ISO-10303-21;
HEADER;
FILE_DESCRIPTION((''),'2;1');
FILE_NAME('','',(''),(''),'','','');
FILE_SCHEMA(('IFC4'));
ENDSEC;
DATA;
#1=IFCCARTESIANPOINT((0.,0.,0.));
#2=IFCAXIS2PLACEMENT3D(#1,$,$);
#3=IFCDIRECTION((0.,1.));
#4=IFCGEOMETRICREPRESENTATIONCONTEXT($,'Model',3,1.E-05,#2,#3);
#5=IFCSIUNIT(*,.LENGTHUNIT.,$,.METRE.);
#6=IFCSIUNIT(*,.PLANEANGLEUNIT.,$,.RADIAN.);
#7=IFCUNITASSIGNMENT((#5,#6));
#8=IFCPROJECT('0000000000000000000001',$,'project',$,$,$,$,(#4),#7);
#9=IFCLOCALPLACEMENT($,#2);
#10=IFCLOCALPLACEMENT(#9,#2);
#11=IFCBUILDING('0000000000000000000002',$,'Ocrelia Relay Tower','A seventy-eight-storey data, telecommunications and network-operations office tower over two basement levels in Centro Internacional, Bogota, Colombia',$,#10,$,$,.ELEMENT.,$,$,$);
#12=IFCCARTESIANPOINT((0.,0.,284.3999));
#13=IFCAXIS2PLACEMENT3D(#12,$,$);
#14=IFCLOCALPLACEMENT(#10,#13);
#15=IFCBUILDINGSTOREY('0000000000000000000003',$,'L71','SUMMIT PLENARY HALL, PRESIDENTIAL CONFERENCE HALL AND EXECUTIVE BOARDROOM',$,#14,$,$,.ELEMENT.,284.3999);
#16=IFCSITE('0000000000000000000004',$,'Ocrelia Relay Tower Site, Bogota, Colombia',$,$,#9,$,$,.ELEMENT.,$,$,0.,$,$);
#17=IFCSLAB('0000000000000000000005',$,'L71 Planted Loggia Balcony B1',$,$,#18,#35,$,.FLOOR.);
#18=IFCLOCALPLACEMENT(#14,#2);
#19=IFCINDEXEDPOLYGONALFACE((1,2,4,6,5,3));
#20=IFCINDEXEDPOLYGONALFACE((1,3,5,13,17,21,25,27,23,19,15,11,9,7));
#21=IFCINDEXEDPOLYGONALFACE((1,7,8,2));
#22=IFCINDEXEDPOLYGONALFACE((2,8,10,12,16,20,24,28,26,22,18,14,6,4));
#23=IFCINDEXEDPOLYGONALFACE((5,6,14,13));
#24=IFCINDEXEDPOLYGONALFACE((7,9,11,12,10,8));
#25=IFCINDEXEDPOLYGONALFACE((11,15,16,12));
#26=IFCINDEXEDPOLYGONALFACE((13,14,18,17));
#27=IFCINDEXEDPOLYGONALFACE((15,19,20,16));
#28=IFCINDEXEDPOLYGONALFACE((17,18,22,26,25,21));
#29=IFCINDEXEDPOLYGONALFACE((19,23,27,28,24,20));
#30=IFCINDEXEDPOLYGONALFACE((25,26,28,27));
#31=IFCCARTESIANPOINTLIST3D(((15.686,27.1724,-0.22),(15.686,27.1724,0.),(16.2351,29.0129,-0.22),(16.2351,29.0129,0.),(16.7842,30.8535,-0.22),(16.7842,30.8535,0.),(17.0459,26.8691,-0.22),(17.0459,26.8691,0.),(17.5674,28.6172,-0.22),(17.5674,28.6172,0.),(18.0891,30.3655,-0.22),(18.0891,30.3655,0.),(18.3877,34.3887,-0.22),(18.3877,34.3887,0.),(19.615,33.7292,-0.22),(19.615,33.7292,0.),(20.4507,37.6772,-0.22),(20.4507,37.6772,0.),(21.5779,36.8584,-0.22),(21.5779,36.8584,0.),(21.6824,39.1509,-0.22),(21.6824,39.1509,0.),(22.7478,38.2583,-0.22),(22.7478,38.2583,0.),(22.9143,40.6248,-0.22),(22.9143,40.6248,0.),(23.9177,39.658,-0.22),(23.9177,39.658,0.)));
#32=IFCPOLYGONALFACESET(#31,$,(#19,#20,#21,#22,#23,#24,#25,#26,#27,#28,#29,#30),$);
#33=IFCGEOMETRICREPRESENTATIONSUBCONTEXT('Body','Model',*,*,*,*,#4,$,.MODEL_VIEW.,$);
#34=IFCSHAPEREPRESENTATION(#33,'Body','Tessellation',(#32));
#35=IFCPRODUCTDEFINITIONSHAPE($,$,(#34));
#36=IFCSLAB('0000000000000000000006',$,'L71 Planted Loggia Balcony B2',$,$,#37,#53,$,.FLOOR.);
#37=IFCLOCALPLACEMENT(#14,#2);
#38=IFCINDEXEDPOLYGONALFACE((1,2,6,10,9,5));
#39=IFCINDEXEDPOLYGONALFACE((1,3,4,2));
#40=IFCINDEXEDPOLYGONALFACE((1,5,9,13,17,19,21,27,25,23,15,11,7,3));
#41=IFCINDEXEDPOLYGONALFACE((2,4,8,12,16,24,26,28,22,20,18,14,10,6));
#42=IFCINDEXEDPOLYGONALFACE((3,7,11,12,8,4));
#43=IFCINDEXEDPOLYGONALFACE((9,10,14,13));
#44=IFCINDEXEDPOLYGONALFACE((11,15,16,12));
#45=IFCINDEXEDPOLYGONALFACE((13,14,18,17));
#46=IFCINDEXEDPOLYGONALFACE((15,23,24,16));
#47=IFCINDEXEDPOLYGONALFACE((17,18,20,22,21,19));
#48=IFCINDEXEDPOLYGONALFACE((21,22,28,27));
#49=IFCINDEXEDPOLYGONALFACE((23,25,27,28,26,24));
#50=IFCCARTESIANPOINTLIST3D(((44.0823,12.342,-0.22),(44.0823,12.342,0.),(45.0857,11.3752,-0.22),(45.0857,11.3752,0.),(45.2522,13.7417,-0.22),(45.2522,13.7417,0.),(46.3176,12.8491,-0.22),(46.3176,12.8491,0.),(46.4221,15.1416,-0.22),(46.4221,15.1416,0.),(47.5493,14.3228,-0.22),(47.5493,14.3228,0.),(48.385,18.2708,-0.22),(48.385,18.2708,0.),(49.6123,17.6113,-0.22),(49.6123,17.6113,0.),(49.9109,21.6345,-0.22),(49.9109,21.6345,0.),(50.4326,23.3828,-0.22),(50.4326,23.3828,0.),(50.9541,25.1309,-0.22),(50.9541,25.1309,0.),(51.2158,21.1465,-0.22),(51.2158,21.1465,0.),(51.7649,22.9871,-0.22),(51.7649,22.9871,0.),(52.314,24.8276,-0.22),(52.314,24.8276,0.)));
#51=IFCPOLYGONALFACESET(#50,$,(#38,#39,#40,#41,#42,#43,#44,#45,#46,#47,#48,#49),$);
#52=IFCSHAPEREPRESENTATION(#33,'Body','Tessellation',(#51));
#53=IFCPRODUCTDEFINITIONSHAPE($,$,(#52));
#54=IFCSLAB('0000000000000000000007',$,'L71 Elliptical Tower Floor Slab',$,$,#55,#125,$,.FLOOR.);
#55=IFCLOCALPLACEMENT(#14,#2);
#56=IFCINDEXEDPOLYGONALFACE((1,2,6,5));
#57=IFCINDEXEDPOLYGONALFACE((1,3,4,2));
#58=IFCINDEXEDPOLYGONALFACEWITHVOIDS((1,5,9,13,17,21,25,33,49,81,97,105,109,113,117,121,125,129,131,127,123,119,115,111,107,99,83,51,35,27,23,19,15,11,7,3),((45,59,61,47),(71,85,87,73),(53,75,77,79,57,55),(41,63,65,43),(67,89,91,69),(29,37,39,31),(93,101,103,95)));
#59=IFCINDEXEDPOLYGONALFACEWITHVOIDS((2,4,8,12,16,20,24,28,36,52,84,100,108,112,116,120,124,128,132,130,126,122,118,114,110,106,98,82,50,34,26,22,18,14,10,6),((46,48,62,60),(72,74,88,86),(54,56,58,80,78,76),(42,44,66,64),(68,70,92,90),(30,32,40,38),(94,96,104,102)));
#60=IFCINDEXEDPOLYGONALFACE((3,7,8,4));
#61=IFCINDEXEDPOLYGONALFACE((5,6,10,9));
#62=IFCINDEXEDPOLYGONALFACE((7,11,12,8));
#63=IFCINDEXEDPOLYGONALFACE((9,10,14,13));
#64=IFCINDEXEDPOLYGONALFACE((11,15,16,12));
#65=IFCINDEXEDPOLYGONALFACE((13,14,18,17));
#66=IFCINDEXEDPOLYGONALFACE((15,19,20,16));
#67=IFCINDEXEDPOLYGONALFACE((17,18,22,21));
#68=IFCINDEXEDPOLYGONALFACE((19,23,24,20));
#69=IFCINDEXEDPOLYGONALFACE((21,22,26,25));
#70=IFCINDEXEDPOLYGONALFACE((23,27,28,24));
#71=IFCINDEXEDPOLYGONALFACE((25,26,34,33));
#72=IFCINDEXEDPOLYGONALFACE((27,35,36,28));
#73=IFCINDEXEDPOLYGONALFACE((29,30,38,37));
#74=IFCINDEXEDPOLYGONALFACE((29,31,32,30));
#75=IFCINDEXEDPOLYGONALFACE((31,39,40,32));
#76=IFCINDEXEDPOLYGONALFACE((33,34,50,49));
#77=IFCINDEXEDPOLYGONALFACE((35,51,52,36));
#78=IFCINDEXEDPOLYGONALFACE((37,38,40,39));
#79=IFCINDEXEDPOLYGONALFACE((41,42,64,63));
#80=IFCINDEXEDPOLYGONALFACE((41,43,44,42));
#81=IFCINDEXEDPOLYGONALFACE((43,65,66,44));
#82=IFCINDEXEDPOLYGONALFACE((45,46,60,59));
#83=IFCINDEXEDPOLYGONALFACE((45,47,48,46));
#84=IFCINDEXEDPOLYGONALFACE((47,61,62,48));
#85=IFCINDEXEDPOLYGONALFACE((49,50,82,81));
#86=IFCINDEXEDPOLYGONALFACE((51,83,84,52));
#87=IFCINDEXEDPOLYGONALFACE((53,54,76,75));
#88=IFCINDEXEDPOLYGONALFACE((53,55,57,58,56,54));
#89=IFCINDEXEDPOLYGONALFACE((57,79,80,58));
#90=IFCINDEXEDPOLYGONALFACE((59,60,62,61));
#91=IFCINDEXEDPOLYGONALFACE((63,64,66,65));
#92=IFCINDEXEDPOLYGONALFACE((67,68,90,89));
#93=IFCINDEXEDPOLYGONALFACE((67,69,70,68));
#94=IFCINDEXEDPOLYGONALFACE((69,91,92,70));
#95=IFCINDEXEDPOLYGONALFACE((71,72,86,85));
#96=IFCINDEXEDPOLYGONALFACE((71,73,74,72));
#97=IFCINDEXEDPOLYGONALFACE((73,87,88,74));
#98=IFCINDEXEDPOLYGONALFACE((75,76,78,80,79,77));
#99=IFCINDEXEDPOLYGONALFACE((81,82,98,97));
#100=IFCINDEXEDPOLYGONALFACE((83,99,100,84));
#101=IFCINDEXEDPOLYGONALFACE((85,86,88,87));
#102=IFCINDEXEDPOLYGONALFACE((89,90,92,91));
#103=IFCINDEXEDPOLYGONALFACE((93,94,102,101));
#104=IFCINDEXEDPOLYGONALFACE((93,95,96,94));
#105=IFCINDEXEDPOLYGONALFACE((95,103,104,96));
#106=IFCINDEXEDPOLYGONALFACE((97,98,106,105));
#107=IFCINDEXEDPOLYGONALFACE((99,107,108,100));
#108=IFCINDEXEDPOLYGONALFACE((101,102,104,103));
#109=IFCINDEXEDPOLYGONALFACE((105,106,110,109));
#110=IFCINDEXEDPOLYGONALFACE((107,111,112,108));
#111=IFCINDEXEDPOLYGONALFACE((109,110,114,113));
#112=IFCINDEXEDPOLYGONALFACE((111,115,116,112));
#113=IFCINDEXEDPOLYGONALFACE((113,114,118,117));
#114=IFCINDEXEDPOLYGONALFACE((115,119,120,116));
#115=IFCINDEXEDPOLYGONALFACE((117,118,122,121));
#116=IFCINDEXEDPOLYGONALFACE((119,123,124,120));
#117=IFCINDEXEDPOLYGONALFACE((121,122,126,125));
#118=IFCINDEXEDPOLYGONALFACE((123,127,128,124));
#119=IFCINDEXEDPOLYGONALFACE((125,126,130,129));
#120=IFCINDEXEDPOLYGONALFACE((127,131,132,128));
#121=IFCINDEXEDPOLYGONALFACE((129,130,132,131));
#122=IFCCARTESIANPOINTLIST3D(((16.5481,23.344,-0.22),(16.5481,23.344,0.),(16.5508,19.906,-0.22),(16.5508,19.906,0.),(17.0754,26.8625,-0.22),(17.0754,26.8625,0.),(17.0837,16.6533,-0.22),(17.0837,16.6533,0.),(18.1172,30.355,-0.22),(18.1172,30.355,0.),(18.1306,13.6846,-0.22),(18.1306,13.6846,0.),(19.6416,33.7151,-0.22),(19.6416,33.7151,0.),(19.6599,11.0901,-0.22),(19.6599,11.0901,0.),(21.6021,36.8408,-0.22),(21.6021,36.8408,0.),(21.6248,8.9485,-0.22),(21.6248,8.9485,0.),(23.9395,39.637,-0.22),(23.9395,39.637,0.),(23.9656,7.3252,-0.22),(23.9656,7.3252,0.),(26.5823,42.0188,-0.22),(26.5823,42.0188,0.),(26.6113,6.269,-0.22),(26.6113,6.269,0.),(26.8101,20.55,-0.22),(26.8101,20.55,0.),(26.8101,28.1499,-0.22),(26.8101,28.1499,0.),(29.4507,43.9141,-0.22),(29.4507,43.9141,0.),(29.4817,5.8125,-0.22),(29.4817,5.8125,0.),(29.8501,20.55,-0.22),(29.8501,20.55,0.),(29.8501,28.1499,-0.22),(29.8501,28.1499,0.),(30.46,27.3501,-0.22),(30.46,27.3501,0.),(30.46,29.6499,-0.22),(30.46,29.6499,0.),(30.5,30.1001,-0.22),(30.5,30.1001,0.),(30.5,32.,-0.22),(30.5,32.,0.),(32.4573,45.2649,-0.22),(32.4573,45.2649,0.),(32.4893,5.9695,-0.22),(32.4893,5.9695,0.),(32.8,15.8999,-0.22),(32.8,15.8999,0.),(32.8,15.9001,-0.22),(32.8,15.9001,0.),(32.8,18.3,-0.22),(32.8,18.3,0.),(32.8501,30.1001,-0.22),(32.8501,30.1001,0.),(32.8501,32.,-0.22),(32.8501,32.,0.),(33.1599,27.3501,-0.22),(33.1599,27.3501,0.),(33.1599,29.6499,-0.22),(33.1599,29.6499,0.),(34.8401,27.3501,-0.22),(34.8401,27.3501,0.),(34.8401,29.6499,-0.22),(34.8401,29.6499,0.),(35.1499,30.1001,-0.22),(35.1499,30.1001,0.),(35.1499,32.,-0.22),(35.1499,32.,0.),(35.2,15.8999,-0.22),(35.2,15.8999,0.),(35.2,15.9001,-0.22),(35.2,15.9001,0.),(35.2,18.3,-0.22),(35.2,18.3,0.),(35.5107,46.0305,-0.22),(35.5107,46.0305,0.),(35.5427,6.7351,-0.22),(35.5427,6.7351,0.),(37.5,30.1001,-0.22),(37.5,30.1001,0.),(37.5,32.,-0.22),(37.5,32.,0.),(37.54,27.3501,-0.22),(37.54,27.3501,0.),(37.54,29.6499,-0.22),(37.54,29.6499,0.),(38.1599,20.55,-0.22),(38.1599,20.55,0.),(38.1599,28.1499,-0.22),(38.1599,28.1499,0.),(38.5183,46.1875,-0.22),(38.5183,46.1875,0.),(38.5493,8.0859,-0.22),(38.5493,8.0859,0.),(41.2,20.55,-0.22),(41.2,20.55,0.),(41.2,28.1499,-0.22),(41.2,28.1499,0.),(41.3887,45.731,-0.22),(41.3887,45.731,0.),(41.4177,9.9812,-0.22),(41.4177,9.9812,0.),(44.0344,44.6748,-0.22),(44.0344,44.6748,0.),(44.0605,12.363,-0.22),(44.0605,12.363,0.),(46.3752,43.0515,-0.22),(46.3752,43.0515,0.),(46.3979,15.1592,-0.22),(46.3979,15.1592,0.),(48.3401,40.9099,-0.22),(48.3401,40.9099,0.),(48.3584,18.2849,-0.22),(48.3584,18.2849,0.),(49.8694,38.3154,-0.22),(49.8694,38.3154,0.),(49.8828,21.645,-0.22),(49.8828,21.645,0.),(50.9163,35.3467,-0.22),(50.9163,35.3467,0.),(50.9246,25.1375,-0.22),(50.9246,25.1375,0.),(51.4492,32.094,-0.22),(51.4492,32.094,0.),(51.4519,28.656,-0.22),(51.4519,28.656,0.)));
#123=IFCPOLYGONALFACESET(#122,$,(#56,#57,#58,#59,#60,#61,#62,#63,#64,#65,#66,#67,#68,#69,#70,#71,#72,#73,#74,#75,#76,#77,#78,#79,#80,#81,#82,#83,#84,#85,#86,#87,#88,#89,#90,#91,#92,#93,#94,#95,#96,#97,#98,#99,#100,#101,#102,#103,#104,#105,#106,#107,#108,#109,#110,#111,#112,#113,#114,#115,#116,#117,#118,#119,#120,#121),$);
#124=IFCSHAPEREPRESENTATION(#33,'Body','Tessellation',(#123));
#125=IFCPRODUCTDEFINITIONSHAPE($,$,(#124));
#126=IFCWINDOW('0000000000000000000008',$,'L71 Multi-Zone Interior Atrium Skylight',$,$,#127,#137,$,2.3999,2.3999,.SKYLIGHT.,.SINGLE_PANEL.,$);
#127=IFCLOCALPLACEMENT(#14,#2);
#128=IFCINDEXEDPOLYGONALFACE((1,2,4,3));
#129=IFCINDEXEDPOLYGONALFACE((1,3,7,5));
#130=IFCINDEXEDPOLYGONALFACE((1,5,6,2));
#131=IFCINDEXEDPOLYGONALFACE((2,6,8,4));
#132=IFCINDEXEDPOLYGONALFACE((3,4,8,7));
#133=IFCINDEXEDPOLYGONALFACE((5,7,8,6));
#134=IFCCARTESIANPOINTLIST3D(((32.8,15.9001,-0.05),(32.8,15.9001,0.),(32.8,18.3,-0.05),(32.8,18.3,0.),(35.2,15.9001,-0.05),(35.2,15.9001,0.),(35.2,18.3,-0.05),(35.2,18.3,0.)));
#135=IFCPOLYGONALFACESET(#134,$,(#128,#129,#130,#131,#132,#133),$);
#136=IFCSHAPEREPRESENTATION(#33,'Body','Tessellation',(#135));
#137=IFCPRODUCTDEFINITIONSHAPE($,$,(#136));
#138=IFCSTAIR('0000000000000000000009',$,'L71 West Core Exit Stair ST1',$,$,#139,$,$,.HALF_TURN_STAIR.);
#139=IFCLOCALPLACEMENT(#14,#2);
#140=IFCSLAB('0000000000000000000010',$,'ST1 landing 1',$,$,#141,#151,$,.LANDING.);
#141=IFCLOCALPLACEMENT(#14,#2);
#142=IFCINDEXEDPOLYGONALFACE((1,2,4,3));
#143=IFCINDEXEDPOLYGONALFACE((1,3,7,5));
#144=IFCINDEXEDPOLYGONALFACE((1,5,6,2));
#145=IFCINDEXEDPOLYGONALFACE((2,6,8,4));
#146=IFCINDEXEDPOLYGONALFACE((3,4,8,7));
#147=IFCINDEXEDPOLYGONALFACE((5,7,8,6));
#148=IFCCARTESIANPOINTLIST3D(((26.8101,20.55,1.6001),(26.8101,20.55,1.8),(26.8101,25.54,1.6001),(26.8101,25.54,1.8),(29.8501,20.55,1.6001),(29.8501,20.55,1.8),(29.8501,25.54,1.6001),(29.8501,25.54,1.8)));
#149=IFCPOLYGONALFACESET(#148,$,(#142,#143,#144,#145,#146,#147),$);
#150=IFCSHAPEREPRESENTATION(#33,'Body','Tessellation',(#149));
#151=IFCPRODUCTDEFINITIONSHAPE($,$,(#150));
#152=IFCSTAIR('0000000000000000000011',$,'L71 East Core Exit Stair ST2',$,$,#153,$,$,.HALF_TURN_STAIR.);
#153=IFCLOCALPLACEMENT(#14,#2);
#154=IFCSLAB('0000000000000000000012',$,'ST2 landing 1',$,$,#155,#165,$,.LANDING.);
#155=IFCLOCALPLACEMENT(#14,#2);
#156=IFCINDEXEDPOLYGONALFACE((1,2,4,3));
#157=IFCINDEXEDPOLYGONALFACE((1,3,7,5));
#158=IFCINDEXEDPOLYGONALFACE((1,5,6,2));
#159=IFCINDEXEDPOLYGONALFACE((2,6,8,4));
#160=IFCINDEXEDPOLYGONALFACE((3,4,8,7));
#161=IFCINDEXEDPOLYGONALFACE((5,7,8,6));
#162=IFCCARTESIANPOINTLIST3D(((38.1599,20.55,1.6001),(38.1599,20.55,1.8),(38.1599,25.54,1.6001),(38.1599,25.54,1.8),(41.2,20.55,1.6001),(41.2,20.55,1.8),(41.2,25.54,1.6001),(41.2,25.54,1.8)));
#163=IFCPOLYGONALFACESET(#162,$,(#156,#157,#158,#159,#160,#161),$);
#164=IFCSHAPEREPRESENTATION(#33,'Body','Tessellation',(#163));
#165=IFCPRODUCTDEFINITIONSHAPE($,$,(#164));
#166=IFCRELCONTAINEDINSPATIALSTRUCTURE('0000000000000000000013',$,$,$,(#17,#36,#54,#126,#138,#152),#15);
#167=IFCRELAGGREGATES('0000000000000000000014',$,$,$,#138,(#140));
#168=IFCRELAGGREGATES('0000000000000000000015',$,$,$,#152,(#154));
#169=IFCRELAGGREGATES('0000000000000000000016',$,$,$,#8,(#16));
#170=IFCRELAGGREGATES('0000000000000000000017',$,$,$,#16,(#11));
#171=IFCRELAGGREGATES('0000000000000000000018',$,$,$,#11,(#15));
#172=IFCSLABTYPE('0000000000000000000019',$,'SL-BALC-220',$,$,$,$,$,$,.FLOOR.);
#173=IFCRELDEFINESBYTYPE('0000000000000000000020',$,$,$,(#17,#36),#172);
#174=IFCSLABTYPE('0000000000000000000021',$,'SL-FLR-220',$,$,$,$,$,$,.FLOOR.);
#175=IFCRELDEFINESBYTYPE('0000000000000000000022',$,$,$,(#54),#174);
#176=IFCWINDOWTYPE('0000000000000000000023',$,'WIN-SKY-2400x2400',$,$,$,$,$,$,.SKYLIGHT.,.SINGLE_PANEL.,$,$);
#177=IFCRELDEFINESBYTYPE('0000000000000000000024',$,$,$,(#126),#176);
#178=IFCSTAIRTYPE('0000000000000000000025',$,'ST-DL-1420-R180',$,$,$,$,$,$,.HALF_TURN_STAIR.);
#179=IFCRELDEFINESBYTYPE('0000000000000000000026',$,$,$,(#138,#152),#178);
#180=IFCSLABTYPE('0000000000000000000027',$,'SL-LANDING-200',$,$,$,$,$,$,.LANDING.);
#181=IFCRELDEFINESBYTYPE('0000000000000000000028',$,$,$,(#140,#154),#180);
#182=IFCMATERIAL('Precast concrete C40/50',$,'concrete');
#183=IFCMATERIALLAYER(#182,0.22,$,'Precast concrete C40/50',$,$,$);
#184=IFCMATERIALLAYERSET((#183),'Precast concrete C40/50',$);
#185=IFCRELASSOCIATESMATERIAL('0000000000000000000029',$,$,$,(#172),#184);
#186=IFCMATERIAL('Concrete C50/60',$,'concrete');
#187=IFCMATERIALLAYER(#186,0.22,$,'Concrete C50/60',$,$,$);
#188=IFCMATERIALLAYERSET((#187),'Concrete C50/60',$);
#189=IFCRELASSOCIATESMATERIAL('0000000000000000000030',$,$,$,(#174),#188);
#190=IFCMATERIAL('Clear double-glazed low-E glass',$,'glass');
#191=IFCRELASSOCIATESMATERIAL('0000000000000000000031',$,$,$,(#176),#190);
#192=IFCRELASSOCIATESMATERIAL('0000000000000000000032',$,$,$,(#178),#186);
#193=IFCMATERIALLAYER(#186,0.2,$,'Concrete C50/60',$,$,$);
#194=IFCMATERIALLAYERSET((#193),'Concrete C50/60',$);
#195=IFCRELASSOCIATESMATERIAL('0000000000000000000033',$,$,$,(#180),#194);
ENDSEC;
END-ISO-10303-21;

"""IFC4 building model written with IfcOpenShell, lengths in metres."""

from ifc_helpers import new_model, si_unit, direction, frame, origin, origin_2d, place, context, subcontext, project, spatial, polyline, rectangle, outline, extrude, material, layer, layer_set, type_object, element, fill, aggregate, save


model = new_model("IFC4")

# Units and contexts
model_context = context("Model", 3, precision=1e-05, world=origin(), true_north=direction((0.0, 1.0)))
body_context = subcontext(model_context, "Body", "Model", "MODEL_VIEW")
ifc_project = project(units=[si_unit("LENGTHUNIT", "METRE"), si_unit("PLANEANGLEUNIT", "RADIAN")], contexts=[model_context])

# Site, building, storey
site_placement = place(None, origin())
site = spatial("IfcSite", under=ifc_project, at=site_placement, Name="Ocrelia Relay Tower Site, Bogota, Colombia", CompositionType="ELEMENT", RefElevation=0.0)
building_placement = place(site_placement, origin())
building = spatial("IfcBuilding", under=site, at=building_placement, Name="Ocrelia Relay Tower", Description="A seventy-eight-storey data, telecommunications and network-operations office tower over two basement levels in Centro Internacional, Bogota, Colombia", CompositionType="ELEMENT")
storey_placement = place(building_placement, frame((0.0, 0.0, 284.3999)))
storey = spatial("IfcBuildingStorey", under=building, at=storey_placement, Name="L71", Description="SUMMIT PLENARY HALL, PRESIDENTIAL CONFERENCE HALL AND EXECUTIVE BOARDROOM", CompositionType="ELEMENT", Elevation=284.3999)

# Shared definitions
ifc_material_1 = material(Name="Concrete C50/60", Category="concrete")

# Shared definitions
ifc_material_2 = material(Name="Clear double-glazed low-E glass", Category="glass")

# Slabs
ifc_material_3 = material(Name="Precast concrete C40/50", Category="concrete")
ifc_layer_1 = layer(ifc_material_3, 0.22, Name="Precast concrete C40/50")
ifc_layer_set_1 = layer_set([ifc_layer_1], Name="Precast concrete C40/50")
slab_type_1 = type_object("IfcSlabType", Name="SL-BALC-220", PredefinedType="FLOOR", material=ifc_layer_set_1)
slab_1_placement = place(storey_placement, frame((0.0, 0.0, -0.22)))
element("IfcSlab", 1, at=slab_1_placement, inside=storey, type_object=slab_type_1, Name="L71 Planted Loggia Balcony B1", PredefinedType="FLOOR", context=body_context, shape_type="SweptSolid", body=[
    extrude(outline(polyline([(23.9177, 39.658), (22.7478, 38.2583), (21.5779, 36.8584), (19.615, 33.7292), (18.0891, 30.3655), (17.5674, 28.6172), (17.0459, 26.8691), (15.686, 27.1724), (16.2351, 29.0129), (16.7842, 30.8535), (18.3877, 34.3887), (20.4507, 37.6772), (21.6824, 39.1509), (22.9143, 40.6248), (23.9177, 39.658)])), origin(), (0.0, 0.0, 1.0), 0.22),
])
slab_2_placement = place(storey_placement, frame((0.0, 0.0, -0.22)))
element("IfcSlab", 2, at=slab_2_placement, inside=storey, type_object=slab_type_1, Name="L71 Planted Loggia Balcony B2", PredefinedType="FLOOR", context=body_context, shape_type="SweptSolid", body=[
    extrude(outline(polyline([(44.0823, 12.342), (45.2522, 13.7417), (46.4221, 15.1416), (48.385, 18.2708), (49.9109, 21.6345), (50.4326, 23.3828), (50.9541, 25.1309), (52.314, 24.8276), (51.7649, 22.9871), (51.2158, 21.1465), (49.6123, 17.6113), (47.5493, 14.3228), (46.3176, 12.8491), (45.0857, 11.3752), (44.0823, 12.342)])), origin(), (0.0, 0.0, 1.0), 0.22),
])

# Slab, opening, window
ifc_layer_2 = layer(ifc_material_1, 0.22, Name="Concrete C50/60")
ifc_layer_set_2 = layer_set([ifc_layer_2], Name="Concrete C50/60")
slab_type_2 = type_object("IfcSlabType", Name="SL-FLR-220", PredefinedType="FLOOR", material=ifc_layer_set_2)
slab_3_placement = place(storey_placement, frame((0.0, 0.0, -0.22)))
slab_3 = element("IfcSlab", 3, at=slab_3_placement, inside=storey, type_object=slab_type_2, Name="L71 Elliptical Tower Floor Slab", PredefinedType="FLOOR", context=body_context, shape_type="SweptSolid", body=[
    extrude(outline(polyline([(44.0344, 44.6748), (41.3887, 45.731), (38.5183, 46.1875), (35.5107, 46.0305), (32.4573, 45.2649), (29.4507, 43.9141), (26.5823, 42.0188), (23.9395, 39.637), (21.6021, 36.8408), (19.6416, 33.7151), (18.1172, 30.355), (17.0754, 26.8625), (16.5481, 23.344), (16.5508, 19.906), (17.0837, 16.6533), (18.1306, 13.6846), (19.6599, 11.0901), (21.6248, 8.9485), (23.9656, 7.3252), (26.6113, 6.269), (29.4817, 5.8125), (32.4893, 5.9695), (35.5427, 6.7351), (38.5493, 8.0859), (41.4177, 9.9812), (44.0605, 12.363), (46.3979, 15.1592), (48.3584, 18.2849), (49.8828, 21.645), (50.9246, 25.1375), (51.4519, 28.656), (51.4492, 32.094), (50.9163, 35.3467), (49.8694, 38.3154), (48.3401, 40.9099), (46.3752, 43.0515), (44.0344, 44.6748)]), holes=[polyline([(26.8101, 28.1499), (26.8101, 20.55), (29.8501, 20.55), (29.8501, 28.1499), (26.8101, 28.1499)]), polyline([(38.1599, 28.1499), (38.1599, 20.55), (41.2, 20.55), (41.2, 28.1499), (38.1599, 28.1499)]), polyline([(30.46, 27.3501), (33.1599, 27.3501), (33.1599, 29.6499), (30.46, 29.6499), (30.46, 27.3501)]), polyline([(34.8401, 27.3501), (37.54, 27.3501), (37.54, 29.6499), (34.8401, 29.6499), (34.8401, 27.3501)]), polyline([(30.5, 30.1001), (32.8501, 30.1001), (32.8501, 32.0), (30.5, 32.0), (30.5, 30.1001)]), polyline([(35.1499, 30.1001), (37.5, 30.1001), (37.5, 32.0), (35.1499, 32.0), (35.1499, 30.1001)]), polyline([(32.8, 15.8999), (35.2, 15.8999), (35.2, 18.3), (32.8, 18.3), (32.8, 15.8999)])]), origin(), (0.0, 0.0, 1.0), 0.22),
])
opening_1_placement = place(slab_3_placement, frame((34.0, 17.1001, 0.0)))
opening_1 = element("IfcOpeningElement", 4, at=opening_1_placement, cuts=slab_3, PredefinedType="OPENING", context=body_context, shape_type="SweptSolid", body=[
    extrude(rectangle(XDim=2.3999, YDim=2.3999, at=origin_2d()), frame((0.0, 0.0, -0.01)), (0.0, 0.0, 1.0), 0.24),
])
window_type_1 = type_object("IfcWindowType", Name="WIN-SKY-2400x2400", PartitioningType="SINGLE_PANEL", PredefinedType="SKYLIGHT", material=ifc_material_2)
window_1_placement = place(opening_1_placement, frame((0.0, 0.0, 0.1699)))
window_1 = element("IfcWindow", 5, at=window_1_placement, inside=storey, type_object=window_type_1, Name="L71 Multi-Zone Interior Atrium Skylight", OverallHeight=2.3999, OverallWidth=2.3999, PartitioningType="SINGLE_PANEL", PredefinedType="SKYLIGHT", context=body_context, shape_type="SweptSolid", body=[
    extrude(rectangle(XDim=2.3999, YDim=2.3999, at=origin_2d()), origin(), (0.0, 0.0, 1.0), 0.05),
])
fill(opening_1, window_1)

# Stairs, slabs
stair_type = type_object("IfcStairType", Name="ST-DL-1420-R180", PredefinedType="HALF_TURN_STAIR", material=ifc_material_1)
stair_1_placement = place(storey_placement, origin())
stair_1 = element("IfcStair", 6, at=stair_1_placement, inside=storey, type_object=stair_type, Name="L71 West Core Exit Stair ST1", PredefinedType="HALF_TURN_STAIR")
ifc_layer_3 = layer(ifc_material_1, 0.2, Name="Concrete C50/60")
ifc_layer_set_3 = layer_set([ifc_layer_3], Name="Concrete C50/60")
slab_type_3 = type_object("IfcSlabType", Name="SL-LANDING-200", PredefinedType="LANDING", material=ifc_layer_set_3)
slab_4_placement = place(storey_placement, frame((0.0, 0.0, 1.6001)))
slab_4 = element("IfcSlab", 7, at=slab_4_placement, type_object=slab_type_3, Name="ST1 landing 1", PredefinedType="LANDING", context=body_context, shape_type="SweptSolid", body=[
    extrude(outline(polyline([(26.8101, 25.54), (26.8101, 20.55), (29.8501, 20.55), (29.8501, 25.54), (26.8101, 25.54)])), origin(), (0.0, 0.0, 1.0), 0.2),
])
aggregate(stair_1, [slab_4])
stair_2_placement = place(storey_placement, origin())
stair_2 = element("IfcStair", 8, at=stair_2_placement, inside=storey, type_object=stair_type, Name="L71 East Core Exit Stair ST2", PredefinedType="HALF_TURN_STAIR")
slab_5_placement = place(storey_placement, frame((0.0, 0.0, 1.6001)))
slab_5 = element("IfcSlab", 9, at=slab_5_placement, type_object=slab_type_3, Name="ST2 landing 1", PredefinedType="LANDING", context=body_context, shape_type="SweptSolid", body=[
    extrude(outline(polyline([(38.1599, 25.54), (38.1599, 20.55), (41.2, 20.55), (41.2, 25.54), (38.1599, 25.54)])), origin(), (0.0, 0.0, 1.0), 0.2),
])
aggregate(stair_2, [slab_5])

save(model, "model.ifc")
